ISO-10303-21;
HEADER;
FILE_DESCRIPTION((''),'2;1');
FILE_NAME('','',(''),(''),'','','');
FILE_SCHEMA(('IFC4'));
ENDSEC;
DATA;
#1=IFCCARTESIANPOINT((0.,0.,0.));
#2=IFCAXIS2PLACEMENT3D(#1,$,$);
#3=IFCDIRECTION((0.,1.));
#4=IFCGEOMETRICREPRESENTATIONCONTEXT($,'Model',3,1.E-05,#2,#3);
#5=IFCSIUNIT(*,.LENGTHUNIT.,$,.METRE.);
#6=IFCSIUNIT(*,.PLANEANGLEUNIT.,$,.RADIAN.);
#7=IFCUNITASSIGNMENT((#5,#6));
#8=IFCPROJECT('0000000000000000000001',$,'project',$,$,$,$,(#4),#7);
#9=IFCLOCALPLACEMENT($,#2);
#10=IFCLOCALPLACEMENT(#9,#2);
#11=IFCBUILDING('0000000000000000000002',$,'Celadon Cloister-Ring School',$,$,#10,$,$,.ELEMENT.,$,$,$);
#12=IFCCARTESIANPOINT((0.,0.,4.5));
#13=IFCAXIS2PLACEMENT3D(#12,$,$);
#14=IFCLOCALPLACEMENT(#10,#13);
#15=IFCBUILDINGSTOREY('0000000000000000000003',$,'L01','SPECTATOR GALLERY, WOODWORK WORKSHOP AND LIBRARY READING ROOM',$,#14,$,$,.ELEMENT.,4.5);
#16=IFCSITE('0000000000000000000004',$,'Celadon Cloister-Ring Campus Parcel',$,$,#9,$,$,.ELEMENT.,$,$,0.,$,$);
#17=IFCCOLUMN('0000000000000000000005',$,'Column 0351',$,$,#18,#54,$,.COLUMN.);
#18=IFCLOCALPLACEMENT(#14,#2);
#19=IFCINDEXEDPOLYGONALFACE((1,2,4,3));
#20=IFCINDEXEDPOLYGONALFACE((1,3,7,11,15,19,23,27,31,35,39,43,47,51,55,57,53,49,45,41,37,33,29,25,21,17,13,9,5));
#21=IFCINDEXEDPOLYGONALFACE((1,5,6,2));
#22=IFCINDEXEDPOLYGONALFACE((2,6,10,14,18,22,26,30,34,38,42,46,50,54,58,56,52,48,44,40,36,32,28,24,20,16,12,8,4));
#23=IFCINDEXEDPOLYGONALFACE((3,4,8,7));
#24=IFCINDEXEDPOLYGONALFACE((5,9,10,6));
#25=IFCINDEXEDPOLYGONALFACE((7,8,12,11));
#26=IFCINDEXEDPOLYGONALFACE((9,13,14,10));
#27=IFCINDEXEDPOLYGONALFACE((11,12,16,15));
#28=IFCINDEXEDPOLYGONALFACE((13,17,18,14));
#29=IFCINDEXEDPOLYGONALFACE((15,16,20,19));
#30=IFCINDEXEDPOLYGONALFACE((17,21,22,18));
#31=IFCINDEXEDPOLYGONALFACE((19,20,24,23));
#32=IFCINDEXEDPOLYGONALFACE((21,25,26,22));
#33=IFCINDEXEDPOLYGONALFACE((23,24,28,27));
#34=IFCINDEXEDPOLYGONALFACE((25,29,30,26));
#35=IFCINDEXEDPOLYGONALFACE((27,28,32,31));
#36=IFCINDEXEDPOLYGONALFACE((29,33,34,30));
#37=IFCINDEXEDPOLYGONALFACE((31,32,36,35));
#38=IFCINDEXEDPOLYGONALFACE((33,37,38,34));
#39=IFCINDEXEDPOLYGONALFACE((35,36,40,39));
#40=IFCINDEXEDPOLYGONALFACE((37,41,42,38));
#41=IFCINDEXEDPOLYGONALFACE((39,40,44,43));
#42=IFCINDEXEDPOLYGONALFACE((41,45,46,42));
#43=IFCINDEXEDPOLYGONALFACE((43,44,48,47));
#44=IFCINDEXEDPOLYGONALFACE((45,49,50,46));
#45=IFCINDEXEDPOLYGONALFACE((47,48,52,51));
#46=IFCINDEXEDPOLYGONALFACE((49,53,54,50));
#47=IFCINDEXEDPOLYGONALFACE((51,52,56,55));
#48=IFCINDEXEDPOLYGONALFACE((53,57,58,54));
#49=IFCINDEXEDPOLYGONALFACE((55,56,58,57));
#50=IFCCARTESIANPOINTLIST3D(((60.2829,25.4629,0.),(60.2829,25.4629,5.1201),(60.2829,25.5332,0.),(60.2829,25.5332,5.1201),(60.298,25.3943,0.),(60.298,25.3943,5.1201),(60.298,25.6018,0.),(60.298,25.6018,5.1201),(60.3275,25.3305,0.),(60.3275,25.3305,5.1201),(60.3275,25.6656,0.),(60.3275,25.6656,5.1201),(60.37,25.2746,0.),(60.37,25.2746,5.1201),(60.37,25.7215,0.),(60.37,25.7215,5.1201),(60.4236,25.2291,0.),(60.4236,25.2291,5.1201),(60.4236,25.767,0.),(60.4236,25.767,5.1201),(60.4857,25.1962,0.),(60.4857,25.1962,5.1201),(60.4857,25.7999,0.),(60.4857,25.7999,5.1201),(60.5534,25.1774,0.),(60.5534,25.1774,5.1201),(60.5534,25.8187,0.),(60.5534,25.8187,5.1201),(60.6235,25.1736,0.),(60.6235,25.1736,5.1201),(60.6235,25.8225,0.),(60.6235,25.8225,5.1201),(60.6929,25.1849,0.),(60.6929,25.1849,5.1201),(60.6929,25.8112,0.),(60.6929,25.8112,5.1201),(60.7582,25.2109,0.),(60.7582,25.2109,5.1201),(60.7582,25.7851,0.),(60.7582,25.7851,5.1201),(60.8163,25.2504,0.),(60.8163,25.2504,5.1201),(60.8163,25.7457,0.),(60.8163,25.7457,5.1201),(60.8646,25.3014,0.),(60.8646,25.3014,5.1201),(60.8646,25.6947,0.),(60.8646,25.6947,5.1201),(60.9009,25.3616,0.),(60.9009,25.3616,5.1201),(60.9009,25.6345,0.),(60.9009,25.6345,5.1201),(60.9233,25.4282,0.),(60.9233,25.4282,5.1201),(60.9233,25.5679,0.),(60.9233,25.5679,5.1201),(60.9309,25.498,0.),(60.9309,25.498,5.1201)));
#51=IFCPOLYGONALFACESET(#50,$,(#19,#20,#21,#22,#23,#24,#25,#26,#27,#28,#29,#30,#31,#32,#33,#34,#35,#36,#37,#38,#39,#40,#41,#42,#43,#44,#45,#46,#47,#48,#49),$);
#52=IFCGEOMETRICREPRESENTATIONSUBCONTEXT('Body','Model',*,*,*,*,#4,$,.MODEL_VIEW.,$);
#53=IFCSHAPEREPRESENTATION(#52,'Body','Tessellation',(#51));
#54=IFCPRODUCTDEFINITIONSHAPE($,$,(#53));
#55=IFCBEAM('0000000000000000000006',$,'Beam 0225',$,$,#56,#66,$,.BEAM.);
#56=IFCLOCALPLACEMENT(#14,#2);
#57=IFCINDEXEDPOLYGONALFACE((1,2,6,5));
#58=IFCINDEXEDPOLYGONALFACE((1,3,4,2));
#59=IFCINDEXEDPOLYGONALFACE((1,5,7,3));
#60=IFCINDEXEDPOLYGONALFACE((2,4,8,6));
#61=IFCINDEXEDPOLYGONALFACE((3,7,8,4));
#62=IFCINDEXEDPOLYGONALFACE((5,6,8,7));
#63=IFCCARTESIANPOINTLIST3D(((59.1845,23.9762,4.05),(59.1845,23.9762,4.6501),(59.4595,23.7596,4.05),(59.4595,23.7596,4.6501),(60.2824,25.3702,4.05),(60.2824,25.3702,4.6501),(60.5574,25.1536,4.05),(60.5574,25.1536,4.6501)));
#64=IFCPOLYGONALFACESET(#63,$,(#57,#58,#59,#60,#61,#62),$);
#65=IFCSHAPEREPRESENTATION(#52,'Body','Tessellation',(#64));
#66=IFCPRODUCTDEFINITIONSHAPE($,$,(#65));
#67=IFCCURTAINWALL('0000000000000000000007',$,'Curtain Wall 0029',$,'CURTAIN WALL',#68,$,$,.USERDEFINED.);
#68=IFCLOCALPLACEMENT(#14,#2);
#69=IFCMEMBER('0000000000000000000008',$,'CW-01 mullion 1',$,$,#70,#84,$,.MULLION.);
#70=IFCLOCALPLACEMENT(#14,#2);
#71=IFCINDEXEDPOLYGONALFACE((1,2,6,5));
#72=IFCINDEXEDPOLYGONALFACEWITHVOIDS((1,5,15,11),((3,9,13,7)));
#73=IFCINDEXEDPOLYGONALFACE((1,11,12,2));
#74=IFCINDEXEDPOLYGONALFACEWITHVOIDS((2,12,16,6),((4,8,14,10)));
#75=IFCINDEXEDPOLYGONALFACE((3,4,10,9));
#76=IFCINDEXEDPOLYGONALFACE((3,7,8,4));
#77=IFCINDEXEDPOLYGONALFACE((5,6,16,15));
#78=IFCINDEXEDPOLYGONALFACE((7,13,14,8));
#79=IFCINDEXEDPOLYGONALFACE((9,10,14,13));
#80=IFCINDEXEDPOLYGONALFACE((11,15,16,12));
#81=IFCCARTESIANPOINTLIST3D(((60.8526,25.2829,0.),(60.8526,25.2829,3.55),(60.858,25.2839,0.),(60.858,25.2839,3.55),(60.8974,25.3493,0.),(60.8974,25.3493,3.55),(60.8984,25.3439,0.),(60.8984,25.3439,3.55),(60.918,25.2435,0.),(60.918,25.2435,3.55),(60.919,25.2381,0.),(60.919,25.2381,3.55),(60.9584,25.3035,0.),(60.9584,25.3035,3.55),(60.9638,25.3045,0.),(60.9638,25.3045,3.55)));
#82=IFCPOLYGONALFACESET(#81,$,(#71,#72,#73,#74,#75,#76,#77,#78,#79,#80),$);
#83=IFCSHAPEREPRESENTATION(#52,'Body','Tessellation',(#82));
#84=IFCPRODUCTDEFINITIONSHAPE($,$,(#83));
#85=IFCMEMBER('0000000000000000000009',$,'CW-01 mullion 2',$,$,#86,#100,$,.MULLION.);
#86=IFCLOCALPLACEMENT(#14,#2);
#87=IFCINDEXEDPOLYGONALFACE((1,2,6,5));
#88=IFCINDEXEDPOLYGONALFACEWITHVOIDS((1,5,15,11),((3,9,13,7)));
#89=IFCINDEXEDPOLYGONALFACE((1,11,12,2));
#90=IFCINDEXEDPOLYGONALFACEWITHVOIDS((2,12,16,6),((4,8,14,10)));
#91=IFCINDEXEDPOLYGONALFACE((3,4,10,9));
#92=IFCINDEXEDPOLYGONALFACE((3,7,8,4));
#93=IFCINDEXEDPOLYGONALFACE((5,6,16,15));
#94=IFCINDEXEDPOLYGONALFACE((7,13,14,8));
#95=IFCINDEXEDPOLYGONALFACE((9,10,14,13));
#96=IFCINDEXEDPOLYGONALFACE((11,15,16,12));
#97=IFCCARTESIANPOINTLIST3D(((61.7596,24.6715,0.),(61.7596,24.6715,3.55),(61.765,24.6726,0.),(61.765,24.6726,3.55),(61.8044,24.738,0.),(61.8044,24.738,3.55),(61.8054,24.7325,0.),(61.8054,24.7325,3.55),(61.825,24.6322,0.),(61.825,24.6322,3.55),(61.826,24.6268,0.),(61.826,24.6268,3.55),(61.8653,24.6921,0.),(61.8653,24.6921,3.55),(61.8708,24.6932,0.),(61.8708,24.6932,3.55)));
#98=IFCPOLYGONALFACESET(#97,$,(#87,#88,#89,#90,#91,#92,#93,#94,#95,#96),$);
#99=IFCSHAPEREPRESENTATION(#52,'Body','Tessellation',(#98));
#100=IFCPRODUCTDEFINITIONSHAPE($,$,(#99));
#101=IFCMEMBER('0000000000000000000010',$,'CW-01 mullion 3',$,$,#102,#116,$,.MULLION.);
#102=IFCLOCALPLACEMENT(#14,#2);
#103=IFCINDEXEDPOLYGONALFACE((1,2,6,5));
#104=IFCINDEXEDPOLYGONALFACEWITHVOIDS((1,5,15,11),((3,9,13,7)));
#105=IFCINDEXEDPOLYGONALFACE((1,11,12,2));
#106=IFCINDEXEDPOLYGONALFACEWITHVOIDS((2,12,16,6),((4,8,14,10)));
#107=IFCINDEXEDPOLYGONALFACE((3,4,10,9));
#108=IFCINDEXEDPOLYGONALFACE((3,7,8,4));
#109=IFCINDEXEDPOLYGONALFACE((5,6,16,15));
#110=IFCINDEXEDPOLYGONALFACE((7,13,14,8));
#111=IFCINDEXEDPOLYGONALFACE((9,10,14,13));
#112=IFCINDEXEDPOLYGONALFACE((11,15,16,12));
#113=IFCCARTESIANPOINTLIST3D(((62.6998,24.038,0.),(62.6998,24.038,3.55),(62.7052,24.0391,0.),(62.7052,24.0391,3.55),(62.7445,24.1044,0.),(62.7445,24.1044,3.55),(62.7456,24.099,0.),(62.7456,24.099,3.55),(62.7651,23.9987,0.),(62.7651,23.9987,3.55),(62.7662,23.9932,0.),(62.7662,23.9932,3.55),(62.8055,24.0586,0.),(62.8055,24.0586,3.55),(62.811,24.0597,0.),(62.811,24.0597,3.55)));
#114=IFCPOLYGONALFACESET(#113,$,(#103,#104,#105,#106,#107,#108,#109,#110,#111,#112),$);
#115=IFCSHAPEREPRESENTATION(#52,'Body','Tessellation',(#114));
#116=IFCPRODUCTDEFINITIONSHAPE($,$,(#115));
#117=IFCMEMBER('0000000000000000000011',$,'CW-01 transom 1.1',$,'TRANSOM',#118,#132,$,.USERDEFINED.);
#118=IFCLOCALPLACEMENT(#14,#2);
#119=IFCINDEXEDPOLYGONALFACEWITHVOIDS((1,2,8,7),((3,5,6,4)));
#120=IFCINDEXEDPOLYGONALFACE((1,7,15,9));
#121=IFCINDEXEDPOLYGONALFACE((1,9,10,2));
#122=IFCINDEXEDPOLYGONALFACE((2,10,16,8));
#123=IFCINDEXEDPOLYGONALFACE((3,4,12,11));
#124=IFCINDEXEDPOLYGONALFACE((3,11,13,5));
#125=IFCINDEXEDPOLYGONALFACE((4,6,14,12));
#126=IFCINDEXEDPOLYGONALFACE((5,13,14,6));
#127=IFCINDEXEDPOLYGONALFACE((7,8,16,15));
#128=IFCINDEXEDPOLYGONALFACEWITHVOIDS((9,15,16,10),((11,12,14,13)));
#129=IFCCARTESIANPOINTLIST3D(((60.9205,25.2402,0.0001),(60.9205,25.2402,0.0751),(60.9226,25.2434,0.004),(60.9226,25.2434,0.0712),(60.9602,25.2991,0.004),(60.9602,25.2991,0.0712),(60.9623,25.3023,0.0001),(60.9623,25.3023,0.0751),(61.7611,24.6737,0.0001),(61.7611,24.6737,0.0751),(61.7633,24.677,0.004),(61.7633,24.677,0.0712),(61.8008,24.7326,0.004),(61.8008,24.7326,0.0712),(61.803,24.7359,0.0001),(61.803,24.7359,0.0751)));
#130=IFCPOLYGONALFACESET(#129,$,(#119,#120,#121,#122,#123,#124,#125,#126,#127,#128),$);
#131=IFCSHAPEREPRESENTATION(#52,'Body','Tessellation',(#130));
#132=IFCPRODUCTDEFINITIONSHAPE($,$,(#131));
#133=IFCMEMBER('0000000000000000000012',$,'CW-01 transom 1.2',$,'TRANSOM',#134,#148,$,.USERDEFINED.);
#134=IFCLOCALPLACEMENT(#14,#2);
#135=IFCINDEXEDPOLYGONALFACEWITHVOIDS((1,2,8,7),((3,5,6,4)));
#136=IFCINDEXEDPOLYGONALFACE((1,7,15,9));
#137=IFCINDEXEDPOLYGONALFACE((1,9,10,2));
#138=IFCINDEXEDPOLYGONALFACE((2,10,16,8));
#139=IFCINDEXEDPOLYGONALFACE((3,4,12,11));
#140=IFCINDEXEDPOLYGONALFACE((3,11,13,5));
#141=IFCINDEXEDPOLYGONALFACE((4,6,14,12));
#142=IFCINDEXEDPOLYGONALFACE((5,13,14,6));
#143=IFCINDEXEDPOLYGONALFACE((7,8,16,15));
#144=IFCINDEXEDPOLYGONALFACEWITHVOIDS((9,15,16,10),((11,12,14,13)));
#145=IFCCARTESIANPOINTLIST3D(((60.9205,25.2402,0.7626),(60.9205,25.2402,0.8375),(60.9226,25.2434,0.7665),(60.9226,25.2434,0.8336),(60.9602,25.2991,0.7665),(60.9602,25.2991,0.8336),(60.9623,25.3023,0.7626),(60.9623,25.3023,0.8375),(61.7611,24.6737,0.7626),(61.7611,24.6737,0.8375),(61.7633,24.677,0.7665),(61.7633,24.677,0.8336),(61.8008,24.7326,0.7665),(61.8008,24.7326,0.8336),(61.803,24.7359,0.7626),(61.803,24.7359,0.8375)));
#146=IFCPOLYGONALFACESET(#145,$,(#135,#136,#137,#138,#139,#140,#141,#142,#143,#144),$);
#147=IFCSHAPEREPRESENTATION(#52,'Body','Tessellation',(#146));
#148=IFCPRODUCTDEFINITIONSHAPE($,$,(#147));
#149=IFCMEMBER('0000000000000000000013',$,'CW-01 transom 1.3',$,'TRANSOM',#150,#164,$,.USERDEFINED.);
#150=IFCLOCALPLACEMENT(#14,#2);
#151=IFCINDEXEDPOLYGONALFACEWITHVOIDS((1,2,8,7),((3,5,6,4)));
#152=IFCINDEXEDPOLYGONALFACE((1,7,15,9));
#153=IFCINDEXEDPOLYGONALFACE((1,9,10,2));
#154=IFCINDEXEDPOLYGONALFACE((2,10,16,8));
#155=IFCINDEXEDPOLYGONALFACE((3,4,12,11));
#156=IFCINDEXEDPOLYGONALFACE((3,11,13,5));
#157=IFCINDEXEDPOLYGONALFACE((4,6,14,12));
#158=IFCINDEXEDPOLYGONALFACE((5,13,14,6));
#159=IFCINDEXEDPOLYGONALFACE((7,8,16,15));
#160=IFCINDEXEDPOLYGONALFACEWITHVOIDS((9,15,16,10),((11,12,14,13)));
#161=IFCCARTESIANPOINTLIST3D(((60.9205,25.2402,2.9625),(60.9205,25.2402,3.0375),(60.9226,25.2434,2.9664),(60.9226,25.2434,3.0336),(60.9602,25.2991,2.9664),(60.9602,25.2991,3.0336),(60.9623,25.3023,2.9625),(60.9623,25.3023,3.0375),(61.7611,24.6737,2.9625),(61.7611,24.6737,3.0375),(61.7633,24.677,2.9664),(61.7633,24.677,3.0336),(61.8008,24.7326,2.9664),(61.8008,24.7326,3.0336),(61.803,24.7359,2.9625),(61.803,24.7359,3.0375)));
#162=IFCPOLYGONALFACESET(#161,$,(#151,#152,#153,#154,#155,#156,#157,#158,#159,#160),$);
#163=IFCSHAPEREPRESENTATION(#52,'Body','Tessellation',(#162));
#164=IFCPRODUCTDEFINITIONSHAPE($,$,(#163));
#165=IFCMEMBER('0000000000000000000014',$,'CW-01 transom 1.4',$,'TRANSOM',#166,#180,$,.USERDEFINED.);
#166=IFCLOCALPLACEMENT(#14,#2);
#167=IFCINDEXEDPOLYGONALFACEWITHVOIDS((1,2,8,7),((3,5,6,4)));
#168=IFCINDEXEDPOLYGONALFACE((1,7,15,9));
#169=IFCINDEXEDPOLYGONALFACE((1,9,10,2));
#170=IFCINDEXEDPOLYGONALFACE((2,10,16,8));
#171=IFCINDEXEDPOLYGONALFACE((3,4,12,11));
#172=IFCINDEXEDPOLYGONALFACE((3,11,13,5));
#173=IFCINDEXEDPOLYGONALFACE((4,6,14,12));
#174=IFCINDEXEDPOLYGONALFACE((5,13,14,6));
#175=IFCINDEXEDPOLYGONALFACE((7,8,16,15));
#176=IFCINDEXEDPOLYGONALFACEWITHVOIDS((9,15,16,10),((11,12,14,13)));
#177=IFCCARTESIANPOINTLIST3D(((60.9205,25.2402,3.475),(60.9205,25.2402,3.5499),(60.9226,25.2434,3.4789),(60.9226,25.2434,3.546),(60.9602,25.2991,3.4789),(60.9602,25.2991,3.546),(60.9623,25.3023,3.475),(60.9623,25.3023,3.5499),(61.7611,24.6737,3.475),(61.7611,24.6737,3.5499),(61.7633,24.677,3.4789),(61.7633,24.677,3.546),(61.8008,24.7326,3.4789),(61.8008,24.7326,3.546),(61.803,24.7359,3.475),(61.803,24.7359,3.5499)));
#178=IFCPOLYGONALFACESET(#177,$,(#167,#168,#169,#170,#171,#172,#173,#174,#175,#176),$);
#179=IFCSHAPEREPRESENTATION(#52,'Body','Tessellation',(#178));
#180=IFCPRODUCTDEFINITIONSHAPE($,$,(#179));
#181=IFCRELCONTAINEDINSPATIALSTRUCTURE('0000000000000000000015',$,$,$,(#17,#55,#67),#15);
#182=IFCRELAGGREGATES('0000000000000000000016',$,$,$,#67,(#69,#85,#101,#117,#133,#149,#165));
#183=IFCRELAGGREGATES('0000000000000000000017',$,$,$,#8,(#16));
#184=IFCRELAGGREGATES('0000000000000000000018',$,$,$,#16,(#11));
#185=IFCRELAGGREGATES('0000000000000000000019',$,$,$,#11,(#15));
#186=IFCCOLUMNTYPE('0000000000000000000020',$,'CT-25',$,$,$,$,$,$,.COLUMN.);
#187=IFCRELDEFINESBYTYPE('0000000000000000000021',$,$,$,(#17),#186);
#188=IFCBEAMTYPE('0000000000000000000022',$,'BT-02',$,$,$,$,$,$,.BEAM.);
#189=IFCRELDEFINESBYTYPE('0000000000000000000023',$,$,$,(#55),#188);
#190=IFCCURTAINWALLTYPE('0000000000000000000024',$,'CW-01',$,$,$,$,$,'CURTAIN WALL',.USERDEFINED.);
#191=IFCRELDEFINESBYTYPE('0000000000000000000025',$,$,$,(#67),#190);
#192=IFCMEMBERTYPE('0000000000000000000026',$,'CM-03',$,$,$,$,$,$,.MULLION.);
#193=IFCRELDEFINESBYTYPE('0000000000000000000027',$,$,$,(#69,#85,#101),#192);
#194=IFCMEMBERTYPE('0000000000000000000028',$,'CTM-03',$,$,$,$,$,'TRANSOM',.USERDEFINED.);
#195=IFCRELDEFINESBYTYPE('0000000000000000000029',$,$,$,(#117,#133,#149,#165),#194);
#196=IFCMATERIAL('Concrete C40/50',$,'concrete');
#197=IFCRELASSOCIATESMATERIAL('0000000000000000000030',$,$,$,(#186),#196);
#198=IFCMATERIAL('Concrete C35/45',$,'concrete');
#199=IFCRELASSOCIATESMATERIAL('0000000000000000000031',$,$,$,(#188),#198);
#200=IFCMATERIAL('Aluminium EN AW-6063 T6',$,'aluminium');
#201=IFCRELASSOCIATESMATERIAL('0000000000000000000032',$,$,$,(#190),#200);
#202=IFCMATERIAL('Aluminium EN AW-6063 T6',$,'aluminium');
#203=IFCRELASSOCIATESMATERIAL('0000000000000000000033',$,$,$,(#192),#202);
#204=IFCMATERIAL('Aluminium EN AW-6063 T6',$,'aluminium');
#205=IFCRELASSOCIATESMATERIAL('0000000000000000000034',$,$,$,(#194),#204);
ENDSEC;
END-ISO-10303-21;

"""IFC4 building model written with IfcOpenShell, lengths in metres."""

from ifc_helpers import new_model, si_unit, direction, frame, origin, origin_2d, place, context, subcontext, project, spatial, rectangle, hollow_rectangle, circle, extrude, material, material_profile, profile_set, type_object, element, aggregate, save


model = new_model("IFC4")

# Units and contexts
model_context = context("Model", 3, precision=1e-05, world=origin(), true_north=direction((0.0, 1.0)))
body_context = subcontext(model_context, "Body", "Model", "MODEL_VIEW")
ifc_project = project(units=[si_unit("LENGTHUNIT", "METRE"), si_unit("PLANEANGLEUNIT", "RADIAN")], contexts=[model_context])

# Site, building, storey
site_placement = place(None, origin())
site = spatial("IfcSite", under=ifc_project, at=site_placement, Name="Celadon Cloister-Ring Campus Parcel", CompositionType="ELEMENT", RefElevation=0.0)
building_placement = place(site_placement, origin())
building = spatial("IfcBuilding", under=site, at=building_placement, Name="Celadon Cloister-Ring School", CompositionType="ELEMENT")
storey_placement = place(building_placement, frame((0.0, 0.0, 4.5)))
storey = spatial("IfcBuildingStorey", under=building, at=storey_placement, Name="L01", Description="SPECTATOR GALLERY, WOODWORK WORKSHOP AND LIBRARY READING ROOM", CompositionType="ELEMENT", Elevation=4.5)

# Column
ifc_material_1 = material(Name="Concrete C40/50", Category="concrete")
ifc_material_profile_1 = material_profile(ifc_material_1, circle(Radius=0.325, at=origin_2d()), Name="CIRC650")
ifc_profile_set_1 = profile_set([ifc_material_profile_1], Name="Concrete C40/50")
column_type = type_object("IfcColumnType", Name="CT-25", PredefinedType="COLUMN", material=ifc_profile_set_1)
column_placement = place(storey_placement, frame((60.606, 25.498, 0.0), z_axis=(0.0, 0.0, 1.0), x_axis=(1.0, 0.0, 0.0)))
element("IfcColumn", 1, at=column_placement, inside=storey, type_object=column_type, Name="Column 0351", PredefinedType="COLUMN", context=body_context, shape_type="SweptSolid", body=[
    extrude(circle(Radius=0.325, at=origin_2d()), origin(), (0.0, 0.0, 1.0), 5.1201),
])

# Beam
ifc_material_2 = material(Name="Concrete C35/45", Category="concrete")
ifc_material_profile_2 = material_profile(ifc_material_2, rectangle(XDim=0.3501, YDim=0.6001, at=origin_2d()), Name="RC350X600")
ifc_profile_set_2 = profile_set([ifc_material_profile_2], Name="Concrete C35/45")
beam_type_1 = type_object("IfcBeamType", Name="BT-02", PredefinedType="BEAM", material=ifc_profile_set_2)
beam_1_placement = place(storey_placement, frame((59.322, 23.8679, 4.3501), z_axis=(0.61872, 0.785611, 0.0), x_axis=(-0.785611, 0.61872, 0.0)))
element("IfcBeam", 2, at=beam_1_placement, inside=storey, type_object=beam_type_1, Name="Beam 0225", PredefinedType="BEAM", context=body_context, shape_type="SweptSolid", body=[
    extrude(rectangle(XDim=0.3501, YDim=0.6001, at=origin_2d()), origin(), (0.0, 0.0, 1.0), 1.7744),
])

# Curtain wall, members
ifc_material_3 = material(Name="Aluminium EN AW-6063 T6", Category="aluminium")
curtain_wall_type = type_object("IfcCurtainWallType", Name="CW-01", ElementType="CURTAIN WALL", PredefinedType="USERDEFINED", material=ifc_material_3)
curtain_wall_placement = place(storey_placement, origin())
curtain_wall = element("IfcCurtainWall", 3, at=curtain_wall_placement, inside=storey, type_object=curtain_wall_type, Name="Curtain Wall 0029", ObjectType="CURTAIN WALL", PredefinedType="USERDEFINED")
ifc_material_4 = material(Name="Aluminium EN AW-6063 T6", Category="aluminium")
ifc_material_profile_3 = material_profile(ifc_material_4, hollow_rectangle(XDim=0.0801, YDim=0.0801, WallThickness=0.0039, at=origin_2d()), Name="RHS80X80X4")
ifc_profile_set_3 = profile_set([ifc_material_profile_3], Name="Aluminium EN AW-6063 T6")
member_type_1 = type_object("IfcMemberType", Name="CM-03", PredefinedType="MULLION", material=ifc_profile_set_3)
member_1_placement = place(storey_placement, frame((60.9082, 25.2937, 0.0), z_axis=(0.0, 0.0, 1.0), x_axis=(0.558846, 0.829272, 0.0)))
member_1 = element("IfcMember", 4, at=member_1_placement, type_object=member_type_1, Name="CW-01 mullion 1", PredefinedType="MULLION", context=body_context, shape_type="SweptSolid", body=[
    extrude(hollow_rectangle(XDim=0.0801, YDim=0.0801, WallThickness=0.0039, at=origin_2d()), origin(), (0.0, 0.0, 1.0), 3.55),
])
member_2_placement = place(storey_placement, frame((61.8152, 24.6824, 0.0), z_axis=(0.0, 0.0, 1.0), x_axis=(0.558846, 0.829272, 0.0)))
member_2 = element("IfcMember", 5, at=member_2_placement, type_object=member_type_1, Name="CW-01 mullion 2", PredefinedType="MULLION", context=body_context, shape_type="SweptSolid", body=[
    extrude(hollow_rectangle(XDim=0.0801, YDim=0.0801, WallThickness=0.0039, at=origin_2d()), origin(), (0.0, 0.0, 1.0), 3.55),
])
member_3_placement = place(storey_placement, frame((62.7554, 24.0488, 0.0), z_axis=(0.0, 0.0, 1.0), x_axis=(0.558846, 0.829272, 0.0)))
member_3 = element("IfcMember", 6, at=member_3_placement, type_object=member_type_1, Name="CW-01 mullion 3", PredefinedType="MULLION", context=body_context, shape_type="SweptSolid", body=[
    extrude(hollow_rectangle(XDim=0.0801, YDim=0.0801, WallThickness=0.0039, at=origin_2d()), origin(), (0.0, 0.0, 1.0), 3.55),
])
ifc_material_5 = material(Name="Aluminium EN AW-6063 T6", Category="aluminium")
ifc_material_profile_4 = material_profile(ifc_material_5, hollow_rectangle(XDim=0.075, YDim=0.075, WallThickness=0.0039, at=origin_2d()), Name="RHS75X75X4")
ifc_profile_set_4 = profile_set([ifc_material_profile_4], Name="Aluminium EN AW-6063 T6")
member_type_2 = type_object("IfcMemberType", Name="CTM-03", ElementType="TRANSOM", PredefinedType="USERDEFINED", material=ifc_profile_set_4)
member_4_placement = place(storey_placement, frame((60.9414, 25.2712, 0.0376), z_axis=(0.829298, -0.558807, 0.0), x_axis=(0.558807, 0.829298, 0.0)))
member_4 = element("IfcMember", 7, at=member_4_placement, type_object=member_type_2, Name="CW-01 transom 1.1", ObjectType="TRANSOM", PredefinedType="USERDEFINED", context=body_context, shape_type="SweptSolid", body=[
    extrude(hollow_rectangle(XDim=0.075, YDim=0.075, WallThickness=0.0039, at=origin_2d()), origin(), (0.0, 0.0, 1.0), 1.0137),
])
member_5_placement = place(storey_placement, frame((60.9414, 25.2712, 0.8), z_axis=(0.829298, -0.558807, 0.0), x_axis=(0.558807, 0.829298, 0.0)))
member_5 = element("IfcMember", 8, at=member_5_placement, type_object=member_type_2, Name="CW-01 transom 1.2", ObjectType="TRANSOM", PredefinedType="USERDEFINED", context=body_context, shape_type="SweptSolid", body=[
    extrude(hollow_rectangle(XDim=0.075, YDim=0.075, WallThickness=0.0039, at=origin_2d()), origin(), (0.0, 0.0, 1.0), 1.0137),
])
member_6_placement = place(storey_placement, frame((60.9414, 25.2712, 3.0), z_axis=(0.829298, -0.558807, 0.0), x_axis=(0.558807, 0.829298, 0.0)))
member_6 = element("IfcMember", 9, at=member_6_placement, type_object=member_type_2, Name="CW-01 transom 1.3", ObjectType="TRANSOM", PredefinedType="USERDEFINED", context=body_context, shape_type="SweptSolid", body=[
    extrude(hollow_rectangle(XDim=0.075, YDim=0.075, WallThickness=0.0039, at=origin_2d()), origin(), (0.0, 0.0, 1.0), 1.0137),
])
member_7_placement = place(storey_placement, frame((60.9414, 25.2712, 3.5125), z_axis=(0.829298, -0.558807, 0.0), x_axis=(0.558807, 0.829298, 0.0)))
member_7 = element("IfcMember", 10, at=member_7_placement, type_object=member_type_2, Name="CW-01 transom 1.4", ObjectType="TRANSOM", PredefinedType="USERDEFINED", context=body_context, shape_type="SweptSolid", body=[
    extrude(hollow_rectangle(XDim=0.075, YDim=0.075, WallThickness=0.0039, at=origin_2d()), origin(), (0.0, 0.0, 1.0), 1.0137),
])

aggregate(curtain_wall, [member_1, member_2, member_3, member_4, member_5, member_6, member_7])

save(model, "model.ifc")
